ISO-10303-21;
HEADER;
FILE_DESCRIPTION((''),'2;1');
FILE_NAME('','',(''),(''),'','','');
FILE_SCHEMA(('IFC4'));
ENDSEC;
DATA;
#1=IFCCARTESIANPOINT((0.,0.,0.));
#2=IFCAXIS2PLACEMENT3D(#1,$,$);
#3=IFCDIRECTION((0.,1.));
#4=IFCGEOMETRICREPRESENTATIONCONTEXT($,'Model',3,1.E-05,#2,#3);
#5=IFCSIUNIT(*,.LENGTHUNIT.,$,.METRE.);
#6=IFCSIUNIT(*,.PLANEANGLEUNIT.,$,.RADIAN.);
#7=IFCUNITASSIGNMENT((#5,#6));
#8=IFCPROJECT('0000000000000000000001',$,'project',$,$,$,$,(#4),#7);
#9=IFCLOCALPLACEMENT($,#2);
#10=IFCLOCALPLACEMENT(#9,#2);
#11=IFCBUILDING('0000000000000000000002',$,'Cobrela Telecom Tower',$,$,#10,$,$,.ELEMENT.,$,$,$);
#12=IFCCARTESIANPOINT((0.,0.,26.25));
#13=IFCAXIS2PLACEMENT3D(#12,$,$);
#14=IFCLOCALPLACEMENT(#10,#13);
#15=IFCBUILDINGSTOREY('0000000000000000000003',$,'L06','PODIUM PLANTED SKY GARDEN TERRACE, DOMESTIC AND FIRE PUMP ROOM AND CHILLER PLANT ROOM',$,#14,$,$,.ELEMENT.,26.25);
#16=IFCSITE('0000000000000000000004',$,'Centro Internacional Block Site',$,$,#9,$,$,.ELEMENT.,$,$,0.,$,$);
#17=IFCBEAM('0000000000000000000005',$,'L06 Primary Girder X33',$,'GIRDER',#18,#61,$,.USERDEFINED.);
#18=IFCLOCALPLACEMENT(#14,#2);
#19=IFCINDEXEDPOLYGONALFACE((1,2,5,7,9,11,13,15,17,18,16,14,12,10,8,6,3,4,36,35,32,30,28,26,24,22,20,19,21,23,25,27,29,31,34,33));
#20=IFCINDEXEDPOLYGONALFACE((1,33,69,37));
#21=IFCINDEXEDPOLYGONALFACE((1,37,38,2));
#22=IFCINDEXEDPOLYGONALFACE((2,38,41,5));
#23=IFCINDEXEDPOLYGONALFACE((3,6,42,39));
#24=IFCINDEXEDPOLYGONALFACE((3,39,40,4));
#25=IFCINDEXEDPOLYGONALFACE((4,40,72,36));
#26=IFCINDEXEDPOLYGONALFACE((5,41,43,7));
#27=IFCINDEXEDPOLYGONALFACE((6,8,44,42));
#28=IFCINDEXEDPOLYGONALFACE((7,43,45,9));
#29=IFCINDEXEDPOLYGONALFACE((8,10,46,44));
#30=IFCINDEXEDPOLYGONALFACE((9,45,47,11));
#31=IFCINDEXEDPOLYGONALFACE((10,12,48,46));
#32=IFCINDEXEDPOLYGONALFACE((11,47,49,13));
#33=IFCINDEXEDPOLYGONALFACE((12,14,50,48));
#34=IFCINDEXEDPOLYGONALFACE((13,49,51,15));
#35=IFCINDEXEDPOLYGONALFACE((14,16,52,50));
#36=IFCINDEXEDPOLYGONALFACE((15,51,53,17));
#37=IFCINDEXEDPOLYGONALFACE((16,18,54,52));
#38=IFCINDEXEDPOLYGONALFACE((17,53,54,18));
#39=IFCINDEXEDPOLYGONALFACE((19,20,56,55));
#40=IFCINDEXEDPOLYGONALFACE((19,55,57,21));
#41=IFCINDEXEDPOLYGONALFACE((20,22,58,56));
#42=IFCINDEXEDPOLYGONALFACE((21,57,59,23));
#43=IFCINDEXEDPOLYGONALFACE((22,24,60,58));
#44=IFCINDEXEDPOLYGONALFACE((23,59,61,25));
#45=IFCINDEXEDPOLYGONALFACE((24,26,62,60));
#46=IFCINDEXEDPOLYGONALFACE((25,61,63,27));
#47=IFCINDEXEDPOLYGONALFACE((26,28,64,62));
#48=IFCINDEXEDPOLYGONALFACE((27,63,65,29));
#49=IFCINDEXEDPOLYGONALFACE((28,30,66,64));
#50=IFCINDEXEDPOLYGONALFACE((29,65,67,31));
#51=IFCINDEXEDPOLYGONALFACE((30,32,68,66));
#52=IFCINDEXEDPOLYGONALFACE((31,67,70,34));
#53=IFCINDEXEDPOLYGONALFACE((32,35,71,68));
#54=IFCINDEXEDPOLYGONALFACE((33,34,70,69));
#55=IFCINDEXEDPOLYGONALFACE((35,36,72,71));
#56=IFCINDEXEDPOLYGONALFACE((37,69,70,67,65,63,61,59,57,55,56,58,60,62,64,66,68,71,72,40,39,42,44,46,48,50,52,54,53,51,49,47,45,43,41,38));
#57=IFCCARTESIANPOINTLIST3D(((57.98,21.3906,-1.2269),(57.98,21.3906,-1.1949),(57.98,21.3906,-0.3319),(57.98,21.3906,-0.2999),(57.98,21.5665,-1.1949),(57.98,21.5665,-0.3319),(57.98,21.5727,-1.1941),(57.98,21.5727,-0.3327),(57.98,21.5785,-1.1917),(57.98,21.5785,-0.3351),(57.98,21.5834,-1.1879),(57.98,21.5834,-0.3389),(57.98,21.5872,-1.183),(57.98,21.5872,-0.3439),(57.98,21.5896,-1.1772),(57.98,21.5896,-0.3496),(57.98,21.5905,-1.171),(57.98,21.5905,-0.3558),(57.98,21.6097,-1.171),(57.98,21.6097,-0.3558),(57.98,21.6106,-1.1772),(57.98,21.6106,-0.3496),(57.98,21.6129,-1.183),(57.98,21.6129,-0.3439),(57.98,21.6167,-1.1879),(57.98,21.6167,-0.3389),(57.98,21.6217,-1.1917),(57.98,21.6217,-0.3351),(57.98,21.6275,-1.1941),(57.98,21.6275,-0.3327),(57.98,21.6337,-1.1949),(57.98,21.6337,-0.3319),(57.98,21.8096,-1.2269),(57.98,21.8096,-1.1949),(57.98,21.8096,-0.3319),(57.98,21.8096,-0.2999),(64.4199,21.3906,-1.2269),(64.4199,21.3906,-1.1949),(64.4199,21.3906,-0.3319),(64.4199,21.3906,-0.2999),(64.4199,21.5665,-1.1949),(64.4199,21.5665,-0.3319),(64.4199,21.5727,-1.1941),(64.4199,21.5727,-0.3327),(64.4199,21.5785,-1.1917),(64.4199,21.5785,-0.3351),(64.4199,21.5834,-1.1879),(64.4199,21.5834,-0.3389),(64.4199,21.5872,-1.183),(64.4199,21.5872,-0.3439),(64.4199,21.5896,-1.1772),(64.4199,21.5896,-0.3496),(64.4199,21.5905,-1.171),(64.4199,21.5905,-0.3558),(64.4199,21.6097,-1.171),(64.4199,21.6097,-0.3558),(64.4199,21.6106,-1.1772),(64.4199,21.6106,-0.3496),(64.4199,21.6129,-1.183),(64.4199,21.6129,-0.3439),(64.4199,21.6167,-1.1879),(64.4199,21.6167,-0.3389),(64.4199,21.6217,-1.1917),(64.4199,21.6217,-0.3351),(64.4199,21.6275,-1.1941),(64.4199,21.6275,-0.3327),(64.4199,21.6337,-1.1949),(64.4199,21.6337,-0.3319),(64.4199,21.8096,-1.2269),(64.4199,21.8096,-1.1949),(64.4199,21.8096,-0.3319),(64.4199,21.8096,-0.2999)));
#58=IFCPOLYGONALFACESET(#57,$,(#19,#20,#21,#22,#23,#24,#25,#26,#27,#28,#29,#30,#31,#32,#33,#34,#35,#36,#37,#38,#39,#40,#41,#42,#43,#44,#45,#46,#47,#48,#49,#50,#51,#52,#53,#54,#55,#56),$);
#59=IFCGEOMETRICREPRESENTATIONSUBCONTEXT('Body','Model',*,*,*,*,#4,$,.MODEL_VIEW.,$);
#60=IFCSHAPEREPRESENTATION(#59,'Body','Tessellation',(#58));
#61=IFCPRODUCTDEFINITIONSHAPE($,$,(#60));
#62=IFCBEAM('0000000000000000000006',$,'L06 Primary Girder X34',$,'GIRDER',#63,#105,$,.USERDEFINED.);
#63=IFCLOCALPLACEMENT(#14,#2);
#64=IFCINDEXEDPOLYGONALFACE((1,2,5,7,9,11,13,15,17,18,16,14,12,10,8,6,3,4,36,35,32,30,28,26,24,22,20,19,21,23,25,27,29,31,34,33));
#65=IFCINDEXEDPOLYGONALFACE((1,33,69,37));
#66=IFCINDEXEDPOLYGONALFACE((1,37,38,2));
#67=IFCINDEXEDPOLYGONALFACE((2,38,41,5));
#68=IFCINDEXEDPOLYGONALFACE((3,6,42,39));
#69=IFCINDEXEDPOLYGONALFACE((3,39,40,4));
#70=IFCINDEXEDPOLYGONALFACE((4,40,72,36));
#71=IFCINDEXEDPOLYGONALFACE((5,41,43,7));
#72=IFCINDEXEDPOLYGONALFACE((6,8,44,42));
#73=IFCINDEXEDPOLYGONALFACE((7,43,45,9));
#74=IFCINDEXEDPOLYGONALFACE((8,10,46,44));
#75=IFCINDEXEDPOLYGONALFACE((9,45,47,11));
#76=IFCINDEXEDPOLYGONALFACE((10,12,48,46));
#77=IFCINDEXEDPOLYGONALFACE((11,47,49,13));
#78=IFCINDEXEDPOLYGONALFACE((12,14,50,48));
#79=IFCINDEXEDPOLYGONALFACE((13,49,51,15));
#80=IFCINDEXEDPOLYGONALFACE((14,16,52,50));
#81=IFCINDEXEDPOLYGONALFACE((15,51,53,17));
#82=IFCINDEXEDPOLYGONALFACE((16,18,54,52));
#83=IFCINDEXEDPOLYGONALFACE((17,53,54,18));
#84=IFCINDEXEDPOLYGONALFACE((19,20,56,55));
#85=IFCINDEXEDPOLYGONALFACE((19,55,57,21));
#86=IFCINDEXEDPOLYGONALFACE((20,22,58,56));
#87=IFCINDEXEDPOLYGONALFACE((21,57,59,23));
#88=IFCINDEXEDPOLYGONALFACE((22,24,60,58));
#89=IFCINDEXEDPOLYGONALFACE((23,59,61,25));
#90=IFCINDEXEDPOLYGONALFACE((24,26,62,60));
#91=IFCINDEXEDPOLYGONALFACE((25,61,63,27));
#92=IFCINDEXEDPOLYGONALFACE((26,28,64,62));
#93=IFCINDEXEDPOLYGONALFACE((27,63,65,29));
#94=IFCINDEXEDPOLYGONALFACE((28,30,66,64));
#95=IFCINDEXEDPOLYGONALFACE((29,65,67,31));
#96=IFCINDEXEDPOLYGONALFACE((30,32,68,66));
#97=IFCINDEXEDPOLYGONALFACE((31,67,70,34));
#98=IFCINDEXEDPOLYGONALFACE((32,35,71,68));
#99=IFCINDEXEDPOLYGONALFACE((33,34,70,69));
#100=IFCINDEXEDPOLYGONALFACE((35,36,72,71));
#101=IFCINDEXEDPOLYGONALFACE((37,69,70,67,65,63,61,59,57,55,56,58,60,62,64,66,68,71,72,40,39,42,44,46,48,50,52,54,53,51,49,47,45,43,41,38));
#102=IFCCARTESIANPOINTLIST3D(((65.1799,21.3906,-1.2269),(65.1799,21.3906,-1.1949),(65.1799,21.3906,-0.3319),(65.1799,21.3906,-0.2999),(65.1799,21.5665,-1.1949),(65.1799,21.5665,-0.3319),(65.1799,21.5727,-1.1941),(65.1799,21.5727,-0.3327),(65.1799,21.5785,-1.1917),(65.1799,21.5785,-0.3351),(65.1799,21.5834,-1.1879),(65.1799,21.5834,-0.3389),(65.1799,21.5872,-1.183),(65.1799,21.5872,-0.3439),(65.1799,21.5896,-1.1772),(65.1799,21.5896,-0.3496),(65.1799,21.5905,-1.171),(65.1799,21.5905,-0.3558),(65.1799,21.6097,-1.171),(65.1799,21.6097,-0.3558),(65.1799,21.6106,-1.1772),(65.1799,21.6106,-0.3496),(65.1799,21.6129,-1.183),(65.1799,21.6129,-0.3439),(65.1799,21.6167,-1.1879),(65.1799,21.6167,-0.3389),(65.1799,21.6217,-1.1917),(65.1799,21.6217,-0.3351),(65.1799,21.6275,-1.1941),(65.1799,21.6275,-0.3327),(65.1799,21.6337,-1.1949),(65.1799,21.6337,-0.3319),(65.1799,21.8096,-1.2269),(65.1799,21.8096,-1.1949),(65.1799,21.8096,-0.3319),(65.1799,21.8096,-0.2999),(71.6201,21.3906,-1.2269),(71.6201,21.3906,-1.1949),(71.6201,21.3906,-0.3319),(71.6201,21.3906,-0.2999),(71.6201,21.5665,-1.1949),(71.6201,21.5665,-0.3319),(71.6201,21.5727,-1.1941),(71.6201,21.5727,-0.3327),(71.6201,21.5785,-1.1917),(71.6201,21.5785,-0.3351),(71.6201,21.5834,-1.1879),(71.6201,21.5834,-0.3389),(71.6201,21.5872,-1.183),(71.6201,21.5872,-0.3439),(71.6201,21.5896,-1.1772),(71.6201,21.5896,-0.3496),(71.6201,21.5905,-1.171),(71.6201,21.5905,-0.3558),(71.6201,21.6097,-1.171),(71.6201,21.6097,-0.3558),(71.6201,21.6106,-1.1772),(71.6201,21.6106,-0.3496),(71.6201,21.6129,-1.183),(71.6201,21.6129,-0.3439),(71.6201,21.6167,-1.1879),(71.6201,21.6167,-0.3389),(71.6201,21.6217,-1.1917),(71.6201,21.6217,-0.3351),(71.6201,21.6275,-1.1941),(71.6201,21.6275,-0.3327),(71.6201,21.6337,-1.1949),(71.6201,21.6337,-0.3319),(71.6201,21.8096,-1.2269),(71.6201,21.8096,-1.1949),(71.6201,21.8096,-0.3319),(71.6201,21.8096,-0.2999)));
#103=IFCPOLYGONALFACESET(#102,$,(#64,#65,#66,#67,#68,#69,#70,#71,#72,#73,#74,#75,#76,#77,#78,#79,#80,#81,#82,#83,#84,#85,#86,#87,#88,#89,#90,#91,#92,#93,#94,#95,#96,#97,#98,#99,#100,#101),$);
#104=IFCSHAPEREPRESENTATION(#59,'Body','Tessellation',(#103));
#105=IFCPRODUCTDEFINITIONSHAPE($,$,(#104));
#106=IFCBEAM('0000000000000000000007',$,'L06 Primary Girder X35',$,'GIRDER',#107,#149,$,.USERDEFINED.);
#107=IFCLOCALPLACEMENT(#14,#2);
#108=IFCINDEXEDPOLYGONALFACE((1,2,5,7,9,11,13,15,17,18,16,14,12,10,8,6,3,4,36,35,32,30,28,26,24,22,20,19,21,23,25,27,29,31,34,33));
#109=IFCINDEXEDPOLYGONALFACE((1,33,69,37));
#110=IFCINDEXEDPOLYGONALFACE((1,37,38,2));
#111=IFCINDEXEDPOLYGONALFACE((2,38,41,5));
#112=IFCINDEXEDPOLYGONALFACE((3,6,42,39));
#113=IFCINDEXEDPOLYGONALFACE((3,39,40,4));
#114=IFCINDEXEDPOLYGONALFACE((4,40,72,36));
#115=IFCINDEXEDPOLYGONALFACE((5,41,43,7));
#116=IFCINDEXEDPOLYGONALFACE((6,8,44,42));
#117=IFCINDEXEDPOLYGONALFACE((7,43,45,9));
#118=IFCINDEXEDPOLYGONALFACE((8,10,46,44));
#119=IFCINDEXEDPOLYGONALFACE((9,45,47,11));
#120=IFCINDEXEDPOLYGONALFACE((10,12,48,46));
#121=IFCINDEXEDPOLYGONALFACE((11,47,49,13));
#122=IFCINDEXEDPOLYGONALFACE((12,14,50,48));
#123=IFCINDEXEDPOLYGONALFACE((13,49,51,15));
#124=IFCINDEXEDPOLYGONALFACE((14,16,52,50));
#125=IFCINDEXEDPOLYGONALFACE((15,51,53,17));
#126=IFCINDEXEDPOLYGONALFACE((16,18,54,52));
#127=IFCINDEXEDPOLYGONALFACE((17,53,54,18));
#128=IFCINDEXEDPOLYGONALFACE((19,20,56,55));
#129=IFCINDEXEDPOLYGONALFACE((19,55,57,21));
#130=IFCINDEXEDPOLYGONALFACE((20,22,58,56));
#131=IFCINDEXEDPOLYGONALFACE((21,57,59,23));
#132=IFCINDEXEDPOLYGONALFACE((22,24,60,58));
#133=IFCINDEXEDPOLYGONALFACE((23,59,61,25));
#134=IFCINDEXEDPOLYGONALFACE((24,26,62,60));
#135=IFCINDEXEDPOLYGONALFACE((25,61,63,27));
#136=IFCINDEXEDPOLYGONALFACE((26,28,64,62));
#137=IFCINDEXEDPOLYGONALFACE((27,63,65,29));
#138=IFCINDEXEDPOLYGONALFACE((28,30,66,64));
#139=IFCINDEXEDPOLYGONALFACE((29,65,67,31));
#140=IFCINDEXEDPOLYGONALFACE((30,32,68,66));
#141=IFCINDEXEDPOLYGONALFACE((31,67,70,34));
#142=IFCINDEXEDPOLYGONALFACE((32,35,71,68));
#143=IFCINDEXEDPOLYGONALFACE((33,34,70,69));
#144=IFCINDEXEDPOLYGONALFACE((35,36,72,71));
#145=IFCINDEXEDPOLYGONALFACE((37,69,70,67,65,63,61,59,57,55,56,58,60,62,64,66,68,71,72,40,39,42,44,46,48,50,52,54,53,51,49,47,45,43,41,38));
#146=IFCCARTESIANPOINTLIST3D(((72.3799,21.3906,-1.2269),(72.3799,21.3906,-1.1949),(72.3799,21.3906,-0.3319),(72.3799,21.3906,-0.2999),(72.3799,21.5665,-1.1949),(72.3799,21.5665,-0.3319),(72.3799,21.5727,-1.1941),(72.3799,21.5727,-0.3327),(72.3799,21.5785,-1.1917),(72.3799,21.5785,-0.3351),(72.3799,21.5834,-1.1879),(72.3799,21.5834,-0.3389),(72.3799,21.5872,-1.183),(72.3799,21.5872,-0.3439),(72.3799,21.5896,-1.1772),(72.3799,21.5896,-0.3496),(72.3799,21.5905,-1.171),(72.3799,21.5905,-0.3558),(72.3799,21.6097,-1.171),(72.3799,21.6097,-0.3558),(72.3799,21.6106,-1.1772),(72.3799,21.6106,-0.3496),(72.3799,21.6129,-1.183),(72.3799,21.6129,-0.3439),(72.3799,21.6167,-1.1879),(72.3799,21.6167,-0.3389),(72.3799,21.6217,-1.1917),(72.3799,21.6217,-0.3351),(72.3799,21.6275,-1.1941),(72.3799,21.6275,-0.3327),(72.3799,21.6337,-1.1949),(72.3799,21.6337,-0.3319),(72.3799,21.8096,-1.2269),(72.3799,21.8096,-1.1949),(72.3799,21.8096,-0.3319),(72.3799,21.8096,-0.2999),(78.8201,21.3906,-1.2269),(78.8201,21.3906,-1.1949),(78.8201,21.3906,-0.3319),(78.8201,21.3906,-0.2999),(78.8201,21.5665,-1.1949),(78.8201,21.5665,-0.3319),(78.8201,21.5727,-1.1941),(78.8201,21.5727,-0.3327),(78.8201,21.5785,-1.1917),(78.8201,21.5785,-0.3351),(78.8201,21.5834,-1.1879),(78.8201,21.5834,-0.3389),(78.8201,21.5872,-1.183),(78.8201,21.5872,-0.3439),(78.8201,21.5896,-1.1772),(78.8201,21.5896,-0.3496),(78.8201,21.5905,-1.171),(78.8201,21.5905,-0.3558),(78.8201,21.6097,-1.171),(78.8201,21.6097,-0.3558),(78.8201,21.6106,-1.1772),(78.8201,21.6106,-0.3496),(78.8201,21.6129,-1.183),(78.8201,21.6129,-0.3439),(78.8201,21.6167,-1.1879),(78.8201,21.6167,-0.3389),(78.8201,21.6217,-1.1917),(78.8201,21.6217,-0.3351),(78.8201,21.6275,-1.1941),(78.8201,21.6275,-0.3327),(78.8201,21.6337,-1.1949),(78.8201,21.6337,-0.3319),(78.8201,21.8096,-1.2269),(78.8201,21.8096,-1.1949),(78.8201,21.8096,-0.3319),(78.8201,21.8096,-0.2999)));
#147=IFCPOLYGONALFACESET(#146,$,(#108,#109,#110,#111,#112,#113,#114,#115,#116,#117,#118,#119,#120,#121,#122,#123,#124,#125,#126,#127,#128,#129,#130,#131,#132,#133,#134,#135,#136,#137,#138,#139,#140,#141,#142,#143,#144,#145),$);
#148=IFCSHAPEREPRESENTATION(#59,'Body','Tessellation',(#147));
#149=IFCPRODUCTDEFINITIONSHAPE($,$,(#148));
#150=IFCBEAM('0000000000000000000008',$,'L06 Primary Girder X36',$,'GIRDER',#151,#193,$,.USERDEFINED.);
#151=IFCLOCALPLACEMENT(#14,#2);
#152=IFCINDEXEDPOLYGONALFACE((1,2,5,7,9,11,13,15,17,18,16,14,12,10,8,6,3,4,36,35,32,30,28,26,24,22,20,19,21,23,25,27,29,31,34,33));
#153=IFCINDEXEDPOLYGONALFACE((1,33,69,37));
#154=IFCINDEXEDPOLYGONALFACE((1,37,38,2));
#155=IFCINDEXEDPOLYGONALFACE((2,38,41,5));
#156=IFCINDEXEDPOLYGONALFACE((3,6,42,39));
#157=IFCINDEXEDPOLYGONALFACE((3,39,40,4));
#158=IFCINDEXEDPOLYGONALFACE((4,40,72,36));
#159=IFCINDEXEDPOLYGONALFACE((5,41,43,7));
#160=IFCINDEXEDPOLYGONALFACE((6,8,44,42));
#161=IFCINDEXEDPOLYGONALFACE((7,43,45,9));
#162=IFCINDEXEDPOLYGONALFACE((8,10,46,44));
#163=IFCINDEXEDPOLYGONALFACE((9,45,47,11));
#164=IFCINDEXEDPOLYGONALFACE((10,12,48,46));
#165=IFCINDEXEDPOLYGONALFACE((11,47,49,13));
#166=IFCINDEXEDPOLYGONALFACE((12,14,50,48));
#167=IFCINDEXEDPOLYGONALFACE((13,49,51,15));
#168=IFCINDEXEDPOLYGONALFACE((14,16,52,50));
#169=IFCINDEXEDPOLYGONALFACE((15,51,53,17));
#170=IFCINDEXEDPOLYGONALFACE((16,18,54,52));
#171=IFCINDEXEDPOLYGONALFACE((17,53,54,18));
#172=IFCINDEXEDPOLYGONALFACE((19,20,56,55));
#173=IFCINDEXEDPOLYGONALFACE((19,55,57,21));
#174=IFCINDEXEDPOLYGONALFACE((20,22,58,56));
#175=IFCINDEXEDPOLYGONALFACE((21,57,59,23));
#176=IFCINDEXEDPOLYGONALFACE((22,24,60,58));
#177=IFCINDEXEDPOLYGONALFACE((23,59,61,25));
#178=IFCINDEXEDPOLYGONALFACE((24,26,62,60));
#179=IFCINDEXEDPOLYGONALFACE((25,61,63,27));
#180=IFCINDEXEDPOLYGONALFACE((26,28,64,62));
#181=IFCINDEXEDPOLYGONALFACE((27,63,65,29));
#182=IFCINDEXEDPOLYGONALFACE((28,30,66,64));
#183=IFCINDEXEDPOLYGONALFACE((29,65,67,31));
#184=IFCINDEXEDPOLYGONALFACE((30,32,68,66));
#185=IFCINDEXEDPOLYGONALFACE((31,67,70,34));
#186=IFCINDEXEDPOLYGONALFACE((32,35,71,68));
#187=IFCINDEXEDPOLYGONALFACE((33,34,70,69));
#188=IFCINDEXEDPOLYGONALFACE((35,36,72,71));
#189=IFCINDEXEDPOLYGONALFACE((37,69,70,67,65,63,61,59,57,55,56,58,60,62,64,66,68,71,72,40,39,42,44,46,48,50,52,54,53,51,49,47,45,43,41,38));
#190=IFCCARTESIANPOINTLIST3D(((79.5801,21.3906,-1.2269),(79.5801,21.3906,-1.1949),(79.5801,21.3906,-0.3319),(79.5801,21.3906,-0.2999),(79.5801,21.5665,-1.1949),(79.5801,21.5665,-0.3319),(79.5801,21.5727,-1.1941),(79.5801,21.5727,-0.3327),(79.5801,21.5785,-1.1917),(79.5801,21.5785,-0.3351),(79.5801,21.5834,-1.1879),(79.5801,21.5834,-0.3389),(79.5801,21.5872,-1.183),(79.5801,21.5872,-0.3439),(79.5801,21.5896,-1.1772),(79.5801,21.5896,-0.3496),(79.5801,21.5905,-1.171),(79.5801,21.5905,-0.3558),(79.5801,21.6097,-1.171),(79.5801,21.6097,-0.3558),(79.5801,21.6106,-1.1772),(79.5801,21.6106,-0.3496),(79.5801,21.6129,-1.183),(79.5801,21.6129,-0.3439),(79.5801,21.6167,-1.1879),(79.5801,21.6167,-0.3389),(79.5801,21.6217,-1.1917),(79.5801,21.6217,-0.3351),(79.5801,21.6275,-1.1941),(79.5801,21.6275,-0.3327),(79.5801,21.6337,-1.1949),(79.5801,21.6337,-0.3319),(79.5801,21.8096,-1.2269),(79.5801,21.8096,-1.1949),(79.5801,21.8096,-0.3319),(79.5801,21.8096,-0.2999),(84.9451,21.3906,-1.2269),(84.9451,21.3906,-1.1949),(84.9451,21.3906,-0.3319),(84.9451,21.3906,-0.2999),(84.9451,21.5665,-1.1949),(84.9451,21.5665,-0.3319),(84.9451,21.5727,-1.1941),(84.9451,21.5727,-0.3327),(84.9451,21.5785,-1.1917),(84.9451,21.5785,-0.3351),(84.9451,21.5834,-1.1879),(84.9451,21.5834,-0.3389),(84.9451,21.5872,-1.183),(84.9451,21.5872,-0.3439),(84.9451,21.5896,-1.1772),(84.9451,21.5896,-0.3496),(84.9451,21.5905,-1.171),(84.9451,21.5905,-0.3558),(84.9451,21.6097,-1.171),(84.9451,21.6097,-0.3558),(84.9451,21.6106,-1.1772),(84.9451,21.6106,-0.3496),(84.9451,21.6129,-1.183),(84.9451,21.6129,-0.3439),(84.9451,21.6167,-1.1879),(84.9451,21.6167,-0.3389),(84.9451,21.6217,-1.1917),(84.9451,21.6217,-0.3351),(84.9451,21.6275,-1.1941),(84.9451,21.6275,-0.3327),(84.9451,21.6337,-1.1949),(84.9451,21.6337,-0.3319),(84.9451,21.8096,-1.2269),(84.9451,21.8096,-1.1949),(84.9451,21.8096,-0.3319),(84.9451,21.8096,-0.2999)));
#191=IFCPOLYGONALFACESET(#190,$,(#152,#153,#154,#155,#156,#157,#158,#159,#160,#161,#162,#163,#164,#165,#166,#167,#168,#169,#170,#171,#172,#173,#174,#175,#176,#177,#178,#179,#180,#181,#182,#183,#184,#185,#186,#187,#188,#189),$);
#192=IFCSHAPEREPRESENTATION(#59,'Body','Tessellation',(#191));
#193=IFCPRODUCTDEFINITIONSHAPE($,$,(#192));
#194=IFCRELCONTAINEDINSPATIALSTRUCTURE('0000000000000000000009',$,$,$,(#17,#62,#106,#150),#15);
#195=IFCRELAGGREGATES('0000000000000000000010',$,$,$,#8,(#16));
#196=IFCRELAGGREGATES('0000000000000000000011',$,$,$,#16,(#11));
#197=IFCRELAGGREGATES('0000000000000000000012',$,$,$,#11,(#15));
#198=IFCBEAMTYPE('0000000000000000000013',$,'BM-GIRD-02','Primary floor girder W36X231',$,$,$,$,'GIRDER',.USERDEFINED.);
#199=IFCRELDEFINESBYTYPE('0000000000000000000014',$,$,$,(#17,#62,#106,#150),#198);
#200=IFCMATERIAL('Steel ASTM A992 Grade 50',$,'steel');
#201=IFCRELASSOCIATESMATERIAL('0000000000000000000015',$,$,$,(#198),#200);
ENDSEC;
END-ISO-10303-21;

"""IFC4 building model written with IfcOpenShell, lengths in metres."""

from ifc_helpers import new_model, si_unit, direction, frame, origin, origin_2d, place, context, subcontext, project, spatial, i_section, extrude, material, material_profile, profile_set, type_object, element, save


model = new_model("IFC4")

# Units and contexts
model_context = context("Model", 3, precision=1e-05, world=origin(), true_north=direction((0.0, 1.0)))
body_context = subcontext(model_context, "Body", "Model", "MODEL_VIEW")
ifc_project = project(units=[si_unit("LENGTHUNIT", "METRE"), si_unit("PLANEANGLEUNIT", "RADIAN")], contexts=[model_context])

# Site, building, storey
site_placement = place(None, origin())
site = spatial("IfcSite", under=ifc_project, at=site_placement, Name="Centro Internacional Block Site", CompositionType="ELEMENT", RefElevation=0.0)
building_placement = place(site_placement, origin())
building = spatial("IfcBuilding", under=site, at=building_placement, Name="Cobrela Telecom Tower", CompositionType="ELEMENT")
storey_placement = place(building_placement, frame((0.0, 0.0, 26.25)))
storey = spatial("IfcBuildingStorey", under=building, at=storey_placement, Name="L06", Description="PODIUM PLANTED SKY GARDEN TERRACE, DOMESTIC AND FIRE PUMP ROOM AND CHILLER PLANT ROOM", CompositionType="ELEMENT", Elevation=26.25)

# Beams
ifc_material_1 = material(Name="Steel ASTM A992 Grade 50", Category="steel")
ifc_material_profile_1 = material_profile(ifc_material_1, i_section(OverallWidth=0.4189, OverallDepth=0.927, WebThickness=0.0193, FlangeThickness=0.032, FilletRadius=0.0239, at=origin_2d()), Name="W36X231")
ifc_profile_set_1 = profile_set([ifc_material_profile_1], Name="Steel ASTM A992 Grade 50")
beam_type_1 = type_object("IfcBeamType", Name="BM-GIRD-02", Description="Primary floor girder W36X231", ElementType="GIRDER", PredefinedType="USERDEFINED", material=ifc_profile_set_1)
beam_1_placement = place(storey_placement, frame((57.98, 21.6001, -0.7634), z_axis=(1.0, 0.0, 0.0), x_axis=(0.0, 1.0, 0.0)))
element("IfcBeam", 1, at=beam_1_placement, inside=storey, type_object=beam_type_1, Name="L06 Primary Girder X33", ObjectType="GIRDER", PredefinedType="USERDEFINED", context=body_context, shape_type="SweptSolid", body=[
    extrude(i_section(OverallWidth=0.4189, OverallDepth=0.927, WebThickness=0.0193, FlangeThickness=0.032, FilletRadius=0.0239, at=origin_2d()), origin(), (0.0, 0.0, 1.0), 6.4399),
])
for number, where, z_axis, x_axis, name in (
    (2, (65.1799, 21.6001, -0.7634), (1.0, 0.0, 0.0), (0.0, 1.0, 0.0), "L06 Primary Girder X34"),
    (3, (72.3799, 21.6001, -0.7634), (1.0, 0.0, 0.0), (0.0, 1.0, 0.0), "L06 Primary Girder X35"),
):
    element("IfcBeam", number, at=place(storey_placement, frame(where, z_axis=z_axis, x_axis=x_axis)), inside=storey, type_object=beam_type_1, Name=name, ObjectType="GIRDER", PredefinedType="USERDEFINED", context=body_context, shape_type="SweptSolid", body=[
        extrude(i_section(OverallWidth=0.4189, OverallDepth=0.927, WebThickness=0.0193, FlangeThickness=0.032, FilletRadius=0.0239, at=origin_2d()), origin(), (0.0, 0.0, 1.0), 6.4402),
    ])
beam_2_placement = place(storey_placement, frame((79.5801, 21.6001, -0.7634), z_axis=(1.0, 0.0, 0.0), x_axis=(0.0, 1.0, 0.0)))
element("IfcBeam", 4, at=beam_2_placement, inside=storey, type_object=beam_type_1, Name="L06 Primary Girder X36", ObjectType="GIRDER", PredefinedType="USERDEFINED", context=body_context, shape_type="SweptSolid", body=[
    extrude(i_section(OverallWidth=0.4189, OverallDepth=0.927, WebThickness=0.0193, FlangeThickness=0.032, FilletRadius=0.0239, at=origin_2d()), origin(), (0.0, 0.0, 1.0), 5.365),
])

save(model, "model.ifc")
